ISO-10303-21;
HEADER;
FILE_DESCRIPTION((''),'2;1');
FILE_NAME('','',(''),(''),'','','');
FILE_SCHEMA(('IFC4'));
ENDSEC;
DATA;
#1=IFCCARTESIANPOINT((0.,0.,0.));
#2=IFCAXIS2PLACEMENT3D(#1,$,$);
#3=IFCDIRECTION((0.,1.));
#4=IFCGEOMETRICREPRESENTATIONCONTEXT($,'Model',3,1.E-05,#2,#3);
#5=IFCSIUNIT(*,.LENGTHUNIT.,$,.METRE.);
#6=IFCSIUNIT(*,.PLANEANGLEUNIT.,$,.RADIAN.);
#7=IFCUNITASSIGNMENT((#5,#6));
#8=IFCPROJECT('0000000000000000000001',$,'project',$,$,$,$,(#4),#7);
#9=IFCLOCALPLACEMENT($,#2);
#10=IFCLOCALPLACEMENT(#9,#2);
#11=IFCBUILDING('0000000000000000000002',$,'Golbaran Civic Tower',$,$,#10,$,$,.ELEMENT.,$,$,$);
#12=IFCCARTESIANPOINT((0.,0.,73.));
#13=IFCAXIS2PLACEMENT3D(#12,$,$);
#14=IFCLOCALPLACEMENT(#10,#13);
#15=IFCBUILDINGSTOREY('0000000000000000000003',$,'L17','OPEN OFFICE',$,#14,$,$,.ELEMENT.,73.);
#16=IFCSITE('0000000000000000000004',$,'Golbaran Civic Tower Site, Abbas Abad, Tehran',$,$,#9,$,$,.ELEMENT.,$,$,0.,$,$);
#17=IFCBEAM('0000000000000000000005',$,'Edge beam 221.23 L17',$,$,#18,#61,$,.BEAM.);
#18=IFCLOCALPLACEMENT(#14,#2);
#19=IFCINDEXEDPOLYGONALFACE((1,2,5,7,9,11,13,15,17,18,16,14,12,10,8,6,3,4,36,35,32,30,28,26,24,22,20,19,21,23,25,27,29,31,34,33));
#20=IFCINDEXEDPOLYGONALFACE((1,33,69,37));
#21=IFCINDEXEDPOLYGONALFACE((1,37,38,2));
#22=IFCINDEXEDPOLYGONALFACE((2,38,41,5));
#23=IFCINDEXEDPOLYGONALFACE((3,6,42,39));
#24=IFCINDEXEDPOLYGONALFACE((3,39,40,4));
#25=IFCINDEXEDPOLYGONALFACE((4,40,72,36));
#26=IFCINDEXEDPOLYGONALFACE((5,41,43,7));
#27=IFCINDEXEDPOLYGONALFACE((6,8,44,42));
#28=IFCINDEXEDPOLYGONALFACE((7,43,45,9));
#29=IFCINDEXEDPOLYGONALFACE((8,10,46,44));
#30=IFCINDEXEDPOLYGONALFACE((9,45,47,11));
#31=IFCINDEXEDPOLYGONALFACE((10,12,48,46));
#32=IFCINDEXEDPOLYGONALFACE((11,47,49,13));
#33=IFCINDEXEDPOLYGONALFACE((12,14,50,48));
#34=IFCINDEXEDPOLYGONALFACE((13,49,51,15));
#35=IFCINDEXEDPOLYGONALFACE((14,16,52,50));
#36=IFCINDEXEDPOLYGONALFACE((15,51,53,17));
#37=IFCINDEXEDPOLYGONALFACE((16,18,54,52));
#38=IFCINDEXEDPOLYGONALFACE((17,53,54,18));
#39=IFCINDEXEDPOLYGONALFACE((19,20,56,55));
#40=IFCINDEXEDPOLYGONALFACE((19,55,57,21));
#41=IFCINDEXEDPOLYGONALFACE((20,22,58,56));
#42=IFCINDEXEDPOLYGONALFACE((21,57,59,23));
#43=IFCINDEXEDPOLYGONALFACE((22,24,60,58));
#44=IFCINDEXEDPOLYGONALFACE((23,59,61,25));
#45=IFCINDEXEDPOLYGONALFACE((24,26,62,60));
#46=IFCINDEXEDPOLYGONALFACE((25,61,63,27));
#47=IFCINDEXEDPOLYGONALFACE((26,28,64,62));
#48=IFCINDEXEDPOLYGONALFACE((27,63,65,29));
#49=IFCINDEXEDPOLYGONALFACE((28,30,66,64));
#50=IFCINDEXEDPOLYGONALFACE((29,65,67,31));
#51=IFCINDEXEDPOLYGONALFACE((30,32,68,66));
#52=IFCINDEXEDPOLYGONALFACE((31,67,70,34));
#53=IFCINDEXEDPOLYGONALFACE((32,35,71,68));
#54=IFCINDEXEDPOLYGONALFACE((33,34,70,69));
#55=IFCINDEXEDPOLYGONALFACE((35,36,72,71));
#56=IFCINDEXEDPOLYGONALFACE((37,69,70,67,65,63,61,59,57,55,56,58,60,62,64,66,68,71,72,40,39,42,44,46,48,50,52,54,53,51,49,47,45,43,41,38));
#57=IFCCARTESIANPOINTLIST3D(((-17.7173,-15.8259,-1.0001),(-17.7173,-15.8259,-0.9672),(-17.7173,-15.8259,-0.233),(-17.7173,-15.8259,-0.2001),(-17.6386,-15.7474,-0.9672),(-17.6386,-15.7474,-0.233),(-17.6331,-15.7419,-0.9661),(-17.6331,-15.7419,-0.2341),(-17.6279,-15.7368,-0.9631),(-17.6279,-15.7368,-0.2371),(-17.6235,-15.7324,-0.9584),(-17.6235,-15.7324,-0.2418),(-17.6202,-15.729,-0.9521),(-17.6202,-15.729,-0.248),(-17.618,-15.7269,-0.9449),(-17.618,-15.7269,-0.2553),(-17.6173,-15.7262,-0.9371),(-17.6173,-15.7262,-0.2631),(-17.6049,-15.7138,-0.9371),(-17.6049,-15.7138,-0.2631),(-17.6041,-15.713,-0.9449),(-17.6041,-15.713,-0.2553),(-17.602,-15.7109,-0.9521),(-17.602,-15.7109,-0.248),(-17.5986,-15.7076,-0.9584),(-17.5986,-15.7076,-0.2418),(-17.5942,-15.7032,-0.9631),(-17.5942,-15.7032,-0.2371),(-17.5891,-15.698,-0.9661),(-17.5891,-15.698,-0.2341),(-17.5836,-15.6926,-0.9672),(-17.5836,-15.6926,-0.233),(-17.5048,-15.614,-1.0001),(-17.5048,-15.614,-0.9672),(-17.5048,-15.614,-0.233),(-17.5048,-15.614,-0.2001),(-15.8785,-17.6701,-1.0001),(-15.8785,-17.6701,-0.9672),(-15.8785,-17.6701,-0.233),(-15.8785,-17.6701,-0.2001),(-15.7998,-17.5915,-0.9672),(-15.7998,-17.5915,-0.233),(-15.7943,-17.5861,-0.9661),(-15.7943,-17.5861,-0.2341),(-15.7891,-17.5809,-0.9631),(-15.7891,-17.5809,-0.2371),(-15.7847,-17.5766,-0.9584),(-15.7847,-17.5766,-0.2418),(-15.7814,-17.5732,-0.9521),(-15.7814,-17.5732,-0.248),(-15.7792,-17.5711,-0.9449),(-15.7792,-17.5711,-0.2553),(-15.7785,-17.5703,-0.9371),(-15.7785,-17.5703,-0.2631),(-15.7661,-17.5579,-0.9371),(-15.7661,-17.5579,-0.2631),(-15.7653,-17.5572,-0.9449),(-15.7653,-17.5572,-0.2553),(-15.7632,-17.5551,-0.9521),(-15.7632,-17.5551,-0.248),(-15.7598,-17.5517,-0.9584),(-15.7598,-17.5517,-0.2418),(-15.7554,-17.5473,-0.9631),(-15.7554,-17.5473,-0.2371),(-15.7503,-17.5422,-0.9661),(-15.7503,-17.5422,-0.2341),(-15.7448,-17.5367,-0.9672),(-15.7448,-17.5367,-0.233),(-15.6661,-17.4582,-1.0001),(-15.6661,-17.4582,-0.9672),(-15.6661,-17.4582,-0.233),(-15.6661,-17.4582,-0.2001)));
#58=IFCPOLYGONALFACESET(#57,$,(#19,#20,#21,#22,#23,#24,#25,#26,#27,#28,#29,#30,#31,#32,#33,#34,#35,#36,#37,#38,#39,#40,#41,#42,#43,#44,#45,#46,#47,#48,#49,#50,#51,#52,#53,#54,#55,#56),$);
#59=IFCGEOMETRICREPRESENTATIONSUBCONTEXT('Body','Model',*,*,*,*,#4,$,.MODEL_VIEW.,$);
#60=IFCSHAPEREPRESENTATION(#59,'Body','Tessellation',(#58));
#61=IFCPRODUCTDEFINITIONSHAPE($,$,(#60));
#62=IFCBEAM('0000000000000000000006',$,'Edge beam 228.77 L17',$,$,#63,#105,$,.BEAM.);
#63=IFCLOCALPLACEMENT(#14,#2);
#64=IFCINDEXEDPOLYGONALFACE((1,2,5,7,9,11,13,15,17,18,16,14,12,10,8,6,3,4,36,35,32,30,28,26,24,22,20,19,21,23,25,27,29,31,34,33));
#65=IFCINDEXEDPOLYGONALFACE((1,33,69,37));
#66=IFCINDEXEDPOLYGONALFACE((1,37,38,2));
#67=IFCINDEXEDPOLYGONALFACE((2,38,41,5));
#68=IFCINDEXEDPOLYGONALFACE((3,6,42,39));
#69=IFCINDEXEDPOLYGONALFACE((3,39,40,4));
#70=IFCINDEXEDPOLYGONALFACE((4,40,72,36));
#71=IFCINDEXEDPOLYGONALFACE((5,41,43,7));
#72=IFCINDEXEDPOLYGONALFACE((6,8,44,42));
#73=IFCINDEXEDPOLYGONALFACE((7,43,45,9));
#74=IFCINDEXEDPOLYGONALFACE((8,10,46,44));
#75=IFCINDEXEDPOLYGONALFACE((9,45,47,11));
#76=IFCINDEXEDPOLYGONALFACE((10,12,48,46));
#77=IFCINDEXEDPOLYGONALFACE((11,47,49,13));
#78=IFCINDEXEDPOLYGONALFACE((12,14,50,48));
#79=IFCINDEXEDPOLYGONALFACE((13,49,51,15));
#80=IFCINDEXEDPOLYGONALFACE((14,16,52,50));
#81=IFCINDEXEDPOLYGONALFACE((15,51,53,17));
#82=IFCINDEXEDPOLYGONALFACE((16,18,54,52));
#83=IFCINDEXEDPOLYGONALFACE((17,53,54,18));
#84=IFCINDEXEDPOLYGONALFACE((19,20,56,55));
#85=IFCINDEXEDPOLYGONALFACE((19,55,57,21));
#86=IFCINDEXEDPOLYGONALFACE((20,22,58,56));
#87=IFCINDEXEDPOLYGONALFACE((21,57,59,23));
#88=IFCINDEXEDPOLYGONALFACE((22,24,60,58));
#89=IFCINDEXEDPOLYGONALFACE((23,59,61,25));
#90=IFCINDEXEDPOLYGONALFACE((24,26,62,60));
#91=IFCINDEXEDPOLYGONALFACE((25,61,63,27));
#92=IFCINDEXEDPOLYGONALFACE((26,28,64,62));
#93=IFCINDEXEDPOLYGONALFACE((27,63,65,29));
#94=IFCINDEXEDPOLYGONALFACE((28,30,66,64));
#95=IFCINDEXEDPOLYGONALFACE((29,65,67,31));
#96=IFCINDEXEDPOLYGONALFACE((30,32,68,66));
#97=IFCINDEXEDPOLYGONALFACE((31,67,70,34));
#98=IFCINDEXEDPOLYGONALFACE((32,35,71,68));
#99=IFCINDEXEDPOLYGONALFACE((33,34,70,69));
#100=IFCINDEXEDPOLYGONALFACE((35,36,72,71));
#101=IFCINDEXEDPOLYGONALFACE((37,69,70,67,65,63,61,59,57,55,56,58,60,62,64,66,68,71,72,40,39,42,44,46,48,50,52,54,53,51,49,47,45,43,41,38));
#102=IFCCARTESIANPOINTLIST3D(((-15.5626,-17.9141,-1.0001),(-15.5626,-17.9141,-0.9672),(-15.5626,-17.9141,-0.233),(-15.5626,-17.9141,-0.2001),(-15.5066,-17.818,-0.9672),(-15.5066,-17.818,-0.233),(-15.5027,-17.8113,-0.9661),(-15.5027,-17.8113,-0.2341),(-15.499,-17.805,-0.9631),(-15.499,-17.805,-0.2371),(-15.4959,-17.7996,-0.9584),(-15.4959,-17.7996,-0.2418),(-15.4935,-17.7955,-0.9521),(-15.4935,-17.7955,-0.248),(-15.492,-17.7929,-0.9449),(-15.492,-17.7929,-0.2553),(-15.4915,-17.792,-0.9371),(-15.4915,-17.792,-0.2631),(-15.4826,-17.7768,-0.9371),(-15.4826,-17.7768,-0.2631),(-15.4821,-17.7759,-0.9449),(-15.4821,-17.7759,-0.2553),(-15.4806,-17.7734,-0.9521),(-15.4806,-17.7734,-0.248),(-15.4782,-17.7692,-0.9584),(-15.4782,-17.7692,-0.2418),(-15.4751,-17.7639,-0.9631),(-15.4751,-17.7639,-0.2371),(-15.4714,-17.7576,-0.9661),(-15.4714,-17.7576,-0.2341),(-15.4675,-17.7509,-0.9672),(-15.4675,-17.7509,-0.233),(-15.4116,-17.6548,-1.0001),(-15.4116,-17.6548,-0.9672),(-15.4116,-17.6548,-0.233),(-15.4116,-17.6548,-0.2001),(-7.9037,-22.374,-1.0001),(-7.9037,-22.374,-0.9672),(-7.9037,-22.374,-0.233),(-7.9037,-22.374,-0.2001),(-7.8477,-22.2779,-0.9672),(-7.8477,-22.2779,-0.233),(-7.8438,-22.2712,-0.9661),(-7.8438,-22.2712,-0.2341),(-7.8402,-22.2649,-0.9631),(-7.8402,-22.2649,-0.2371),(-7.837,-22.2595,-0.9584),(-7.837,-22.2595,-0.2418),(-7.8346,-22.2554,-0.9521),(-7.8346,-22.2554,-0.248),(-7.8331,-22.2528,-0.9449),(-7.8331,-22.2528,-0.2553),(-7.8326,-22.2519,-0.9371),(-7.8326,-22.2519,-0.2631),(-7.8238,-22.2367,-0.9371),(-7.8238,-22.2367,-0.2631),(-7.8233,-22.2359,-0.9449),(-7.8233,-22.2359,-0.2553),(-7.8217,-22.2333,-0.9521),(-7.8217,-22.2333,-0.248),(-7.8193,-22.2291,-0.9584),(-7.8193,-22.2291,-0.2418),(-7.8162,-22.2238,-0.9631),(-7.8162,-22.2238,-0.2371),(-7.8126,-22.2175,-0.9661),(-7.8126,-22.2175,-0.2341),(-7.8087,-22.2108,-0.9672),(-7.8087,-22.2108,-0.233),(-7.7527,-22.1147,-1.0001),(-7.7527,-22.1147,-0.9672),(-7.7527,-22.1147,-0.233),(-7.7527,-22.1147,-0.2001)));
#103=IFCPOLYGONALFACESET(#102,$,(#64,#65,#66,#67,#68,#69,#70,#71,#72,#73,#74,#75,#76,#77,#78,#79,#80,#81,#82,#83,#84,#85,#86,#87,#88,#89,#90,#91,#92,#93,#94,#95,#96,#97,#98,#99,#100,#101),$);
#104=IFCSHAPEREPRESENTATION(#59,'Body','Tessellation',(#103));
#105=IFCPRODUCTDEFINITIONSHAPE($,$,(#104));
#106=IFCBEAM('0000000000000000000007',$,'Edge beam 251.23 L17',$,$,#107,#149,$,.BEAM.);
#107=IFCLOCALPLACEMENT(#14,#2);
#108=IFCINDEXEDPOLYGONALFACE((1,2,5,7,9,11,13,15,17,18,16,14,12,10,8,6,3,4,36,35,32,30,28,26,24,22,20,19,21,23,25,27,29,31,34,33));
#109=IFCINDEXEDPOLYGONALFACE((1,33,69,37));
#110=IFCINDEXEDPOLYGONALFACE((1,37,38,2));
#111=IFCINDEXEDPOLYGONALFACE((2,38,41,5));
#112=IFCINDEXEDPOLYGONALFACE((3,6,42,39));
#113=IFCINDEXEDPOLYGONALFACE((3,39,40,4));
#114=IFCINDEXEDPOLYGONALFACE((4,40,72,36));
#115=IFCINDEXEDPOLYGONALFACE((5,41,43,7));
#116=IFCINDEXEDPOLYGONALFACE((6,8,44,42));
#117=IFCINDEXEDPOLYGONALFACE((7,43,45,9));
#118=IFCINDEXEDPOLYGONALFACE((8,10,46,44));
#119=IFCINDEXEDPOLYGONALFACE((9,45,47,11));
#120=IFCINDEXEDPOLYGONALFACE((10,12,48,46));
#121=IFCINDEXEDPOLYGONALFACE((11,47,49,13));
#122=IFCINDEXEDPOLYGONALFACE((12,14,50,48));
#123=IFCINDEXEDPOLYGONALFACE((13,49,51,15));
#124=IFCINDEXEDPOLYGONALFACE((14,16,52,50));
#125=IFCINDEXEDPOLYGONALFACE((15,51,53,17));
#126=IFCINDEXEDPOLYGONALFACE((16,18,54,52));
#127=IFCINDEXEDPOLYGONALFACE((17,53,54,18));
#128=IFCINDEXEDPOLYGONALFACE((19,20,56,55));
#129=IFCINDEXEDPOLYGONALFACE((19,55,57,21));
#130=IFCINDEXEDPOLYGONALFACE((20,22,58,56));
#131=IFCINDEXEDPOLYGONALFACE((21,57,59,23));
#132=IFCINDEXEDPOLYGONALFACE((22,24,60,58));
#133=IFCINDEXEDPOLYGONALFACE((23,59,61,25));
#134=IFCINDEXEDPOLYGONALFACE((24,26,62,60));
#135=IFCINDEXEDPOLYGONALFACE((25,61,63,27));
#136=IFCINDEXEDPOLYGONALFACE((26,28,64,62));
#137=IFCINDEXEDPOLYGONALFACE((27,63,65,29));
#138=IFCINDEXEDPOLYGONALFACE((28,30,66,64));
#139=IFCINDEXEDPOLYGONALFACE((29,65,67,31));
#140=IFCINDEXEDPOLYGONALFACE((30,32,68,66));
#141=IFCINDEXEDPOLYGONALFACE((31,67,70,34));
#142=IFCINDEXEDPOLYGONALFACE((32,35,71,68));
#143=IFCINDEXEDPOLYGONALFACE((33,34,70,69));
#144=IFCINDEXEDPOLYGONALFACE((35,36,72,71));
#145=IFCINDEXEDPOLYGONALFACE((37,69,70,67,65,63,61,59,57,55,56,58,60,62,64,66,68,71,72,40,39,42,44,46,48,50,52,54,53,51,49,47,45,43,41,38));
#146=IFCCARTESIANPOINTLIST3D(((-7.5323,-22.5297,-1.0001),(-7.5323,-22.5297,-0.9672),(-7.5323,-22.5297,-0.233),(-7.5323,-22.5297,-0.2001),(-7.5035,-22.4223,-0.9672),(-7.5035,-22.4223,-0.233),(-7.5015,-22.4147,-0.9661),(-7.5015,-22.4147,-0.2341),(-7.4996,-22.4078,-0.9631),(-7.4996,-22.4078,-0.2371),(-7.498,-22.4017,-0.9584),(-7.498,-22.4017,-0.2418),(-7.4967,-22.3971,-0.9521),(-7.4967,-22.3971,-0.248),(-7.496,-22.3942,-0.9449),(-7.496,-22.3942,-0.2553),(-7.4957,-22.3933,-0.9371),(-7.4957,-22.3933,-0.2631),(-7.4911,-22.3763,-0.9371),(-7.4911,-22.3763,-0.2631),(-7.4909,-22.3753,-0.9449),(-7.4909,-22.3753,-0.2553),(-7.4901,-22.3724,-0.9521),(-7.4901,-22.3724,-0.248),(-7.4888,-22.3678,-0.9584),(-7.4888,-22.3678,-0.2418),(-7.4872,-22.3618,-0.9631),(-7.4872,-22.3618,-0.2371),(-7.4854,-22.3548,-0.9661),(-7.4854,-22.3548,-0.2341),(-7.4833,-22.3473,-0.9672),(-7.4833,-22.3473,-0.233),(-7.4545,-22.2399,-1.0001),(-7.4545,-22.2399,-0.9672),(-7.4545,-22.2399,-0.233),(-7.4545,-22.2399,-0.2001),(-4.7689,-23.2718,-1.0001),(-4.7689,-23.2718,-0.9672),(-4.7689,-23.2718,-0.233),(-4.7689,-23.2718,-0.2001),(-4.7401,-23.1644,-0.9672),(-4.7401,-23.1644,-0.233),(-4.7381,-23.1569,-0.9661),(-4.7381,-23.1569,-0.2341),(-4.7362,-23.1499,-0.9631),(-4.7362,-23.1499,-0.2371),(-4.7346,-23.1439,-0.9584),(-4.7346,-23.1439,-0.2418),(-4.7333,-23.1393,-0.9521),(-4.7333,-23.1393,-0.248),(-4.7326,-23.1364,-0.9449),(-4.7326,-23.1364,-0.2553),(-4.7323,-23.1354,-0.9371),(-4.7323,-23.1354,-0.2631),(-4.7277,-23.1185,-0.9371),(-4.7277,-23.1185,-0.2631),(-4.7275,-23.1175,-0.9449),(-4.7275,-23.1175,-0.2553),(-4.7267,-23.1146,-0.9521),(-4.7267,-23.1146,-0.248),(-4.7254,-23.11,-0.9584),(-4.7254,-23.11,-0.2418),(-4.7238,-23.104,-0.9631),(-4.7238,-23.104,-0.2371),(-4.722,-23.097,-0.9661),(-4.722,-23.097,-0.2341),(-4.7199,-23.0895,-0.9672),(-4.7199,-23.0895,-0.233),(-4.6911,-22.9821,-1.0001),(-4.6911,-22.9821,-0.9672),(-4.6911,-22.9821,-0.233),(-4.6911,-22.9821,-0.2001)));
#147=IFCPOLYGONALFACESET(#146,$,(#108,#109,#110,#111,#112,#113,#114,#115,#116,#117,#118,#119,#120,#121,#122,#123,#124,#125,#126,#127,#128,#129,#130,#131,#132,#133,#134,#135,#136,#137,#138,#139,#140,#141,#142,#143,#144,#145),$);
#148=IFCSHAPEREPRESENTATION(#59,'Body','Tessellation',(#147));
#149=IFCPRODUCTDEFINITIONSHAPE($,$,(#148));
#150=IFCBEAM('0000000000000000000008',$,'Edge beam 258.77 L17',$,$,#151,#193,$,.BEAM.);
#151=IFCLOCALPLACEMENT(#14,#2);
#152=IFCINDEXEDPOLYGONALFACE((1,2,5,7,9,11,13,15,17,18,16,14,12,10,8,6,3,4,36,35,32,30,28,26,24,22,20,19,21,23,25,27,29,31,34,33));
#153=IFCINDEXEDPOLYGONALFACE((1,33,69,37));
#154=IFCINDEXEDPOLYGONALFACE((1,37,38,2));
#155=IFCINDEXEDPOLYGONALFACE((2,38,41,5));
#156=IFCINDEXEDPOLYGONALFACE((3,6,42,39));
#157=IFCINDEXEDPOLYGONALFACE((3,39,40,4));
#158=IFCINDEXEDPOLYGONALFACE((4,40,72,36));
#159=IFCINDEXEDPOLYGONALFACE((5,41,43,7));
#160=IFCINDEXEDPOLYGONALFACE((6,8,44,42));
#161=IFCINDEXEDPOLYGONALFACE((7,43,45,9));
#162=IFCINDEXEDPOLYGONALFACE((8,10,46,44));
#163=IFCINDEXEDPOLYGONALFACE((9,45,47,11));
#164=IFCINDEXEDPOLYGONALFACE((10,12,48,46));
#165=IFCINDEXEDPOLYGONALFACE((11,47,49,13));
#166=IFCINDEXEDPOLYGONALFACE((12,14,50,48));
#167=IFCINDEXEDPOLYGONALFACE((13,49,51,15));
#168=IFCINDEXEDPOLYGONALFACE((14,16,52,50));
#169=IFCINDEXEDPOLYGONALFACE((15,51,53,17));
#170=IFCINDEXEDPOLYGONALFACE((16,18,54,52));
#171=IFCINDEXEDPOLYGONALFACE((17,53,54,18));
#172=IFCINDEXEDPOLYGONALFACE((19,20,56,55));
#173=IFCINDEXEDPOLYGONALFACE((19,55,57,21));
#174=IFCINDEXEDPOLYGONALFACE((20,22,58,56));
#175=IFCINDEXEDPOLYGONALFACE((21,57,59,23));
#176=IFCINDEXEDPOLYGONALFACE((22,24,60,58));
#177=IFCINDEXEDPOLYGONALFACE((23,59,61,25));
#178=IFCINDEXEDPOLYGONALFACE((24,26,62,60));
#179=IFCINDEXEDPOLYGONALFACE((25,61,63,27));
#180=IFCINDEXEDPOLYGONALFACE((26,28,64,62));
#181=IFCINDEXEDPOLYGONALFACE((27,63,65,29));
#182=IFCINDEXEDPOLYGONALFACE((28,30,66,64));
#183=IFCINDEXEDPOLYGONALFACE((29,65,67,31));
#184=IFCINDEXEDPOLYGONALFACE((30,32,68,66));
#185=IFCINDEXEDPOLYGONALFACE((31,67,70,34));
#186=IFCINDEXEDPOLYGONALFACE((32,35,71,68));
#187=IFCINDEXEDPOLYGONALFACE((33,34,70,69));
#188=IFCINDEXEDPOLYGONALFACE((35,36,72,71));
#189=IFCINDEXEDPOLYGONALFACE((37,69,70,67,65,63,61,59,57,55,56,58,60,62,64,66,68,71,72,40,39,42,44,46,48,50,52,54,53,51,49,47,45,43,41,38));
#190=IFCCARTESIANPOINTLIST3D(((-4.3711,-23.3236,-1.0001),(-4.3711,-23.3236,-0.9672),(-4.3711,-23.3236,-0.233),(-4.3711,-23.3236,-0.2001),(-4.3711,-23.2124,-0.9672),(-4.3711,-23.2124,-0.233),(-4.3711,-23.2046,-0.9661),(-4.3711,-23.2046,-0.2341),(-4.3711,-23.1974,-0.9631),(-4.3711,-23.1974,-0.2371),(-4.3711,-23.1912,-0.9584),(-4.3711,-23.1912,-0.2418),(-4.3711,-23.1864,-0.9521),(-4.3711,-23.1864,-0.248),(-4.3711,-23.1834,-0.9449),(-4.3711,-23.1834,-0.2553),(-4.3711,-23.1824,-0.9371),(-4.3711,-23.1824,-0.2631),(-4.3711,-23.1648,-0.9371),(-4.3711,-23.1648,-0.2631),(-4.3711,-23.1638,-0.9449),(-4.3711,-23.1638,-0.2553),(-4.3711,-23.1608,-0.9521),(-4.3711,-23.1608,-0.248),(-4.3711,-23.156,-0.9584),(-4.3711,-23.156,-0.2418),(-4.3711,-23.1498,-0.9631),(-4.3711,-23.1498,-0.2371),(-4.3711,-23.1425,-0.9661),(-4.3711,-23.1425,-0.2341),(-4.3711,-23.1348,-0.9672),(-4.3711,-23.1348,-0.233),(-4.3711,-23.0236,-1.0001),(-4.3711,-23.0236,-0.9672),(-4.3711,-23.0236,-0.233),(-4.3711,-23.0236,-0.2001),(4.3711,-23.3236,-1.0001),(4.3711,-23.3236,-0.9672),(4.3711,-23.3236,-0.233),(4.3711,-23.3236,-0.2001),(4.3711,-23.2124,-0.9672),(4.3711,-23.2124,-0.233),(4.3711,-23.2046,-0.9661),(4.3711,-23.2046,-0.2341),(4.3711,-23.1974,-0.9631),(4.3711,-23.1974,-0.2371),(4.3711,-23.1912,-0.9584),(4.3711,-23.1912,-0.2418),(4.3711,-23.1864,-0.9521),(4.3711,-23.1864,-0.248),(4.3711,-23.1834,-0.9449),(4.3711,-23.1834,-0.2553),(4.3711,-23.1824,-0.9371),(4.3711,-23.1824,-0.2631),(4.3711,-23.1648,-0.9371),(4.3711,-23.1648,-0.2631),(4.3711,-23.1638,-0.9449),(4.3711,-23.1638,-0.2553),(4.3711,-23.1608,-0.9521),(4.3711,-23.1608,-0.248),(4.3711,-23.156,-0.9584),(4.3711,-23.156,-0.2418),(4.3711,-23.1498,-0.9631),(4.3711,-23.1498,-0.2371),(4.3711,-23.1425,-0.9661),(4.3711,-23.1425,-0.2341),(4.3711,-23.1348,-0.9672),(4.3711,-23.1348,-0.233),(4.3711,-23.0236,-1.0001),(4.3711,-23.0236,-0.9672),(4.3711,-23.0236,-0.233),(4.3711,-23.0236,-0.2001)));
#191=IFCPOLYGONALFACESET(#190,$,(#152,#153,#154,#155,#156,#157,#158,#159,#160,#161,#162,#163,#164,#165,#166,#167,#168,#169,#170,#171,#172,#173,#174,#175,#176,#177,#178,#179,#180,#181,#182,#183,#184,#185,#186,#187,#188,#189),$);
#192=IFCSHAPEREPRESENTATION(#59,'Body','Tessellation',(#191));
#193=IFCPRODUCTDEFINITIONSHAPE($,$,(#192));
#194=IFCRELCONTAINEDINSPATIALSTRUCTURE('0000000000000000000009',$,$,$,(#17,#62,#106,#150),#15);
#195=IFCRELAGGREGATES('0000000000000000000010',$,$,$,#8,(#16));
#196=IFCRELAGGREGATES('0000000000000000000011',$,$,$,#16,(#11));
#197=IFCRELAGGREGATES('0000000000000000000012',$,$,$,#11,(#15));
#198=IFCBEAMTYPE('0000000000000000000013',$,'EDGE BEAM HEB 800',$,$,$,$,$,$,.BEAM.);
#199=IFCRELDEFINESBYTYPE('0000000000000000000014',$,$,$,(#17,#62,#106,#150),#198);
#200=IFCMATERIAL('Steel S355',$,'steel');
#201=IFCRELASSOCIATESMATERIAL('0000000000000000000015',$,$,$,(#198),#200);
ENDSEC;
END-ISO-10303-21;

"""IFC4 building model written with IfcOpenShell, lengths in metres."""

from ifc_helpers import new_model, si_unit, direction, frame, origin, origin_2d, place, context, subcontext, project, spatial, i_section, extrude, material, material_profile, profile_set, type_object, element, save


model = new_model("IFC4")

# Units and contexts
model_context = context("Model", 3, precision=1e-05, world=origin(), true_north=direction((0.0, 1.0)))
body_context = subcontext(model_context, "Body", "Model", "MODEL_VIEW")
ifc_project = project(units=[si_unit("LENGTHUNIT", "METRE"), si_unit("PLANEANGLEUNIT", "RADIAN")], contexts=[model_context])

# Site, building, storey
site_placement = place(None, origin())
site = spatial("IfcSite", under=ifc_project, at=site_placement, Name="Golbaran Civic Tower Site, Abbas Abad, Tehran", CompositionType="ELEMENT", RefElevation=0.0)
building_placement = place(site_placement, origin())
building = spatial("IfcBuilding", under=site, at=building_placement, Name="Golbaran Civic Tower", CompositionType="ELEMENT")
storey_placement = place(building_placement, frame((0.0, 0.0, 73.0)))
storey = spatial("IfcBuildingStorey", under=building, at=storey_placement, Name="L17", Description="OPEN OFFICE", CompositionType="ELEMENT", Elevation=73.0)

# Beams
ifc_material_1 = material(Name="Steel S355", Category="steel")
ifc_material_profile_1 = material_profile(ifc_material_1, i_section(OverallWidth=0.3, OverallDepth=0.8, WebThickness=0.0176, FlangeThickness=0.033, FilletRadius=0.03, at=origin_2d()), Name="HEB 800")
ifc_profile_set_1 = profile_set([ifc_material_profile_1], Name="Steel S355")
beam_type_1 = type_object("IfcBeamType", Name="EDGE BEAM HEB 800", PredefinedType="BEAM", material=ifc_profile_set_1)
beam_1_placement = place(storey_placement, frame((-17.6111, -15.72, -0.6001), z_axis=(0.706075, -0.708137, 0.0), x_axis=(0.708137, 0.706075, 0.0)))
element("IfcBeam", 1, at=beam_1_placement, inside=storey, type_object=beam_type_1, Name="Edge beam 221.23 L17", PredefinedType="BEAM", context=body_context, shape_type="SweptSolid", body=[
    extrude(i_section(OverallWidth=0.3, OverallDepth=0.8, WebThickness=0.0176, FlangeThickness=0.033, FilletRadius=0.03, at=origin_2d()), origin(), (0.0, 0.0, 1.0), 2.6042),
])
beam_2_placement = place(storey_placement, frame((-15.4871, -17.7844, -0.6001), z_axis=(0.864159, -0.503218, 0.0), x_axis=(0.503218, 0.864159, 0.0)))
element("IfcBeam", 2, at=beam_2_placement, inside=storey, type_object=beam_type_1, Name="Edge beam 228.77 L17", PredefinedType="BEAM", context=body_context, shape_type="SweptSolid", body=[
    extrude(i_section(OverallWidth=0.3, OverallDepth=0.8, WebThickness=0.0176, FlangeThickness=0.033, FilletRadius=0.03, at=origin_2d()), origin(), (0.0, 0.0, 1.0), 8.8628),
])
beam_3_placement = place(storey_placement, frame((-7.4934, -22.3848, -0.6001), z_axis=(0.965775, -0.259383, 0.0), x_axis=(0.259383, 0.965775, 0.0)))
element("IfcBeam", 3, at=beam_3_placement, inside=storey, type_object=beam_type_1, Name="Edge beam 251.23 L17", PredefinedType="BEAM", context=body_context, shape_type="SweptSolid", body=[
    extrude(i_section(OverallWidth=0.3, OverallDepth=0.8, WebThickness=0.0176, FlangeThickness=0.033, FilletRadius=0.03, at=origin_2d()), origin(), (0.0, 0.0, 1.0), 2.8613),
])
beam_4_placement = place(storey_placement, frame((-4.3711, -23.1736, -0.6001), z_axis=(1.0, 0.0, 0.0), x_axis=(0.0, 1.0, 0.0)))
element("IfcBeam", 4, at=beam_4_placement, inside=storey, type_object=beam_type_1, Name="Edge beam 258.77 L17", PredefinedType="BEAM", context=body_context, shape_type="SweptSolid", body=[
    extrude(i_section(OverallWidth=0.3, OverallDepth=0.8, WebThickness=0.0176, FlangeThickness=0.033, FilletRadius=0.03, at=origin_2d()), origin(), (0.0, 0.0, 1.0), 8.7422),
])

save(model, "model.ifc")
